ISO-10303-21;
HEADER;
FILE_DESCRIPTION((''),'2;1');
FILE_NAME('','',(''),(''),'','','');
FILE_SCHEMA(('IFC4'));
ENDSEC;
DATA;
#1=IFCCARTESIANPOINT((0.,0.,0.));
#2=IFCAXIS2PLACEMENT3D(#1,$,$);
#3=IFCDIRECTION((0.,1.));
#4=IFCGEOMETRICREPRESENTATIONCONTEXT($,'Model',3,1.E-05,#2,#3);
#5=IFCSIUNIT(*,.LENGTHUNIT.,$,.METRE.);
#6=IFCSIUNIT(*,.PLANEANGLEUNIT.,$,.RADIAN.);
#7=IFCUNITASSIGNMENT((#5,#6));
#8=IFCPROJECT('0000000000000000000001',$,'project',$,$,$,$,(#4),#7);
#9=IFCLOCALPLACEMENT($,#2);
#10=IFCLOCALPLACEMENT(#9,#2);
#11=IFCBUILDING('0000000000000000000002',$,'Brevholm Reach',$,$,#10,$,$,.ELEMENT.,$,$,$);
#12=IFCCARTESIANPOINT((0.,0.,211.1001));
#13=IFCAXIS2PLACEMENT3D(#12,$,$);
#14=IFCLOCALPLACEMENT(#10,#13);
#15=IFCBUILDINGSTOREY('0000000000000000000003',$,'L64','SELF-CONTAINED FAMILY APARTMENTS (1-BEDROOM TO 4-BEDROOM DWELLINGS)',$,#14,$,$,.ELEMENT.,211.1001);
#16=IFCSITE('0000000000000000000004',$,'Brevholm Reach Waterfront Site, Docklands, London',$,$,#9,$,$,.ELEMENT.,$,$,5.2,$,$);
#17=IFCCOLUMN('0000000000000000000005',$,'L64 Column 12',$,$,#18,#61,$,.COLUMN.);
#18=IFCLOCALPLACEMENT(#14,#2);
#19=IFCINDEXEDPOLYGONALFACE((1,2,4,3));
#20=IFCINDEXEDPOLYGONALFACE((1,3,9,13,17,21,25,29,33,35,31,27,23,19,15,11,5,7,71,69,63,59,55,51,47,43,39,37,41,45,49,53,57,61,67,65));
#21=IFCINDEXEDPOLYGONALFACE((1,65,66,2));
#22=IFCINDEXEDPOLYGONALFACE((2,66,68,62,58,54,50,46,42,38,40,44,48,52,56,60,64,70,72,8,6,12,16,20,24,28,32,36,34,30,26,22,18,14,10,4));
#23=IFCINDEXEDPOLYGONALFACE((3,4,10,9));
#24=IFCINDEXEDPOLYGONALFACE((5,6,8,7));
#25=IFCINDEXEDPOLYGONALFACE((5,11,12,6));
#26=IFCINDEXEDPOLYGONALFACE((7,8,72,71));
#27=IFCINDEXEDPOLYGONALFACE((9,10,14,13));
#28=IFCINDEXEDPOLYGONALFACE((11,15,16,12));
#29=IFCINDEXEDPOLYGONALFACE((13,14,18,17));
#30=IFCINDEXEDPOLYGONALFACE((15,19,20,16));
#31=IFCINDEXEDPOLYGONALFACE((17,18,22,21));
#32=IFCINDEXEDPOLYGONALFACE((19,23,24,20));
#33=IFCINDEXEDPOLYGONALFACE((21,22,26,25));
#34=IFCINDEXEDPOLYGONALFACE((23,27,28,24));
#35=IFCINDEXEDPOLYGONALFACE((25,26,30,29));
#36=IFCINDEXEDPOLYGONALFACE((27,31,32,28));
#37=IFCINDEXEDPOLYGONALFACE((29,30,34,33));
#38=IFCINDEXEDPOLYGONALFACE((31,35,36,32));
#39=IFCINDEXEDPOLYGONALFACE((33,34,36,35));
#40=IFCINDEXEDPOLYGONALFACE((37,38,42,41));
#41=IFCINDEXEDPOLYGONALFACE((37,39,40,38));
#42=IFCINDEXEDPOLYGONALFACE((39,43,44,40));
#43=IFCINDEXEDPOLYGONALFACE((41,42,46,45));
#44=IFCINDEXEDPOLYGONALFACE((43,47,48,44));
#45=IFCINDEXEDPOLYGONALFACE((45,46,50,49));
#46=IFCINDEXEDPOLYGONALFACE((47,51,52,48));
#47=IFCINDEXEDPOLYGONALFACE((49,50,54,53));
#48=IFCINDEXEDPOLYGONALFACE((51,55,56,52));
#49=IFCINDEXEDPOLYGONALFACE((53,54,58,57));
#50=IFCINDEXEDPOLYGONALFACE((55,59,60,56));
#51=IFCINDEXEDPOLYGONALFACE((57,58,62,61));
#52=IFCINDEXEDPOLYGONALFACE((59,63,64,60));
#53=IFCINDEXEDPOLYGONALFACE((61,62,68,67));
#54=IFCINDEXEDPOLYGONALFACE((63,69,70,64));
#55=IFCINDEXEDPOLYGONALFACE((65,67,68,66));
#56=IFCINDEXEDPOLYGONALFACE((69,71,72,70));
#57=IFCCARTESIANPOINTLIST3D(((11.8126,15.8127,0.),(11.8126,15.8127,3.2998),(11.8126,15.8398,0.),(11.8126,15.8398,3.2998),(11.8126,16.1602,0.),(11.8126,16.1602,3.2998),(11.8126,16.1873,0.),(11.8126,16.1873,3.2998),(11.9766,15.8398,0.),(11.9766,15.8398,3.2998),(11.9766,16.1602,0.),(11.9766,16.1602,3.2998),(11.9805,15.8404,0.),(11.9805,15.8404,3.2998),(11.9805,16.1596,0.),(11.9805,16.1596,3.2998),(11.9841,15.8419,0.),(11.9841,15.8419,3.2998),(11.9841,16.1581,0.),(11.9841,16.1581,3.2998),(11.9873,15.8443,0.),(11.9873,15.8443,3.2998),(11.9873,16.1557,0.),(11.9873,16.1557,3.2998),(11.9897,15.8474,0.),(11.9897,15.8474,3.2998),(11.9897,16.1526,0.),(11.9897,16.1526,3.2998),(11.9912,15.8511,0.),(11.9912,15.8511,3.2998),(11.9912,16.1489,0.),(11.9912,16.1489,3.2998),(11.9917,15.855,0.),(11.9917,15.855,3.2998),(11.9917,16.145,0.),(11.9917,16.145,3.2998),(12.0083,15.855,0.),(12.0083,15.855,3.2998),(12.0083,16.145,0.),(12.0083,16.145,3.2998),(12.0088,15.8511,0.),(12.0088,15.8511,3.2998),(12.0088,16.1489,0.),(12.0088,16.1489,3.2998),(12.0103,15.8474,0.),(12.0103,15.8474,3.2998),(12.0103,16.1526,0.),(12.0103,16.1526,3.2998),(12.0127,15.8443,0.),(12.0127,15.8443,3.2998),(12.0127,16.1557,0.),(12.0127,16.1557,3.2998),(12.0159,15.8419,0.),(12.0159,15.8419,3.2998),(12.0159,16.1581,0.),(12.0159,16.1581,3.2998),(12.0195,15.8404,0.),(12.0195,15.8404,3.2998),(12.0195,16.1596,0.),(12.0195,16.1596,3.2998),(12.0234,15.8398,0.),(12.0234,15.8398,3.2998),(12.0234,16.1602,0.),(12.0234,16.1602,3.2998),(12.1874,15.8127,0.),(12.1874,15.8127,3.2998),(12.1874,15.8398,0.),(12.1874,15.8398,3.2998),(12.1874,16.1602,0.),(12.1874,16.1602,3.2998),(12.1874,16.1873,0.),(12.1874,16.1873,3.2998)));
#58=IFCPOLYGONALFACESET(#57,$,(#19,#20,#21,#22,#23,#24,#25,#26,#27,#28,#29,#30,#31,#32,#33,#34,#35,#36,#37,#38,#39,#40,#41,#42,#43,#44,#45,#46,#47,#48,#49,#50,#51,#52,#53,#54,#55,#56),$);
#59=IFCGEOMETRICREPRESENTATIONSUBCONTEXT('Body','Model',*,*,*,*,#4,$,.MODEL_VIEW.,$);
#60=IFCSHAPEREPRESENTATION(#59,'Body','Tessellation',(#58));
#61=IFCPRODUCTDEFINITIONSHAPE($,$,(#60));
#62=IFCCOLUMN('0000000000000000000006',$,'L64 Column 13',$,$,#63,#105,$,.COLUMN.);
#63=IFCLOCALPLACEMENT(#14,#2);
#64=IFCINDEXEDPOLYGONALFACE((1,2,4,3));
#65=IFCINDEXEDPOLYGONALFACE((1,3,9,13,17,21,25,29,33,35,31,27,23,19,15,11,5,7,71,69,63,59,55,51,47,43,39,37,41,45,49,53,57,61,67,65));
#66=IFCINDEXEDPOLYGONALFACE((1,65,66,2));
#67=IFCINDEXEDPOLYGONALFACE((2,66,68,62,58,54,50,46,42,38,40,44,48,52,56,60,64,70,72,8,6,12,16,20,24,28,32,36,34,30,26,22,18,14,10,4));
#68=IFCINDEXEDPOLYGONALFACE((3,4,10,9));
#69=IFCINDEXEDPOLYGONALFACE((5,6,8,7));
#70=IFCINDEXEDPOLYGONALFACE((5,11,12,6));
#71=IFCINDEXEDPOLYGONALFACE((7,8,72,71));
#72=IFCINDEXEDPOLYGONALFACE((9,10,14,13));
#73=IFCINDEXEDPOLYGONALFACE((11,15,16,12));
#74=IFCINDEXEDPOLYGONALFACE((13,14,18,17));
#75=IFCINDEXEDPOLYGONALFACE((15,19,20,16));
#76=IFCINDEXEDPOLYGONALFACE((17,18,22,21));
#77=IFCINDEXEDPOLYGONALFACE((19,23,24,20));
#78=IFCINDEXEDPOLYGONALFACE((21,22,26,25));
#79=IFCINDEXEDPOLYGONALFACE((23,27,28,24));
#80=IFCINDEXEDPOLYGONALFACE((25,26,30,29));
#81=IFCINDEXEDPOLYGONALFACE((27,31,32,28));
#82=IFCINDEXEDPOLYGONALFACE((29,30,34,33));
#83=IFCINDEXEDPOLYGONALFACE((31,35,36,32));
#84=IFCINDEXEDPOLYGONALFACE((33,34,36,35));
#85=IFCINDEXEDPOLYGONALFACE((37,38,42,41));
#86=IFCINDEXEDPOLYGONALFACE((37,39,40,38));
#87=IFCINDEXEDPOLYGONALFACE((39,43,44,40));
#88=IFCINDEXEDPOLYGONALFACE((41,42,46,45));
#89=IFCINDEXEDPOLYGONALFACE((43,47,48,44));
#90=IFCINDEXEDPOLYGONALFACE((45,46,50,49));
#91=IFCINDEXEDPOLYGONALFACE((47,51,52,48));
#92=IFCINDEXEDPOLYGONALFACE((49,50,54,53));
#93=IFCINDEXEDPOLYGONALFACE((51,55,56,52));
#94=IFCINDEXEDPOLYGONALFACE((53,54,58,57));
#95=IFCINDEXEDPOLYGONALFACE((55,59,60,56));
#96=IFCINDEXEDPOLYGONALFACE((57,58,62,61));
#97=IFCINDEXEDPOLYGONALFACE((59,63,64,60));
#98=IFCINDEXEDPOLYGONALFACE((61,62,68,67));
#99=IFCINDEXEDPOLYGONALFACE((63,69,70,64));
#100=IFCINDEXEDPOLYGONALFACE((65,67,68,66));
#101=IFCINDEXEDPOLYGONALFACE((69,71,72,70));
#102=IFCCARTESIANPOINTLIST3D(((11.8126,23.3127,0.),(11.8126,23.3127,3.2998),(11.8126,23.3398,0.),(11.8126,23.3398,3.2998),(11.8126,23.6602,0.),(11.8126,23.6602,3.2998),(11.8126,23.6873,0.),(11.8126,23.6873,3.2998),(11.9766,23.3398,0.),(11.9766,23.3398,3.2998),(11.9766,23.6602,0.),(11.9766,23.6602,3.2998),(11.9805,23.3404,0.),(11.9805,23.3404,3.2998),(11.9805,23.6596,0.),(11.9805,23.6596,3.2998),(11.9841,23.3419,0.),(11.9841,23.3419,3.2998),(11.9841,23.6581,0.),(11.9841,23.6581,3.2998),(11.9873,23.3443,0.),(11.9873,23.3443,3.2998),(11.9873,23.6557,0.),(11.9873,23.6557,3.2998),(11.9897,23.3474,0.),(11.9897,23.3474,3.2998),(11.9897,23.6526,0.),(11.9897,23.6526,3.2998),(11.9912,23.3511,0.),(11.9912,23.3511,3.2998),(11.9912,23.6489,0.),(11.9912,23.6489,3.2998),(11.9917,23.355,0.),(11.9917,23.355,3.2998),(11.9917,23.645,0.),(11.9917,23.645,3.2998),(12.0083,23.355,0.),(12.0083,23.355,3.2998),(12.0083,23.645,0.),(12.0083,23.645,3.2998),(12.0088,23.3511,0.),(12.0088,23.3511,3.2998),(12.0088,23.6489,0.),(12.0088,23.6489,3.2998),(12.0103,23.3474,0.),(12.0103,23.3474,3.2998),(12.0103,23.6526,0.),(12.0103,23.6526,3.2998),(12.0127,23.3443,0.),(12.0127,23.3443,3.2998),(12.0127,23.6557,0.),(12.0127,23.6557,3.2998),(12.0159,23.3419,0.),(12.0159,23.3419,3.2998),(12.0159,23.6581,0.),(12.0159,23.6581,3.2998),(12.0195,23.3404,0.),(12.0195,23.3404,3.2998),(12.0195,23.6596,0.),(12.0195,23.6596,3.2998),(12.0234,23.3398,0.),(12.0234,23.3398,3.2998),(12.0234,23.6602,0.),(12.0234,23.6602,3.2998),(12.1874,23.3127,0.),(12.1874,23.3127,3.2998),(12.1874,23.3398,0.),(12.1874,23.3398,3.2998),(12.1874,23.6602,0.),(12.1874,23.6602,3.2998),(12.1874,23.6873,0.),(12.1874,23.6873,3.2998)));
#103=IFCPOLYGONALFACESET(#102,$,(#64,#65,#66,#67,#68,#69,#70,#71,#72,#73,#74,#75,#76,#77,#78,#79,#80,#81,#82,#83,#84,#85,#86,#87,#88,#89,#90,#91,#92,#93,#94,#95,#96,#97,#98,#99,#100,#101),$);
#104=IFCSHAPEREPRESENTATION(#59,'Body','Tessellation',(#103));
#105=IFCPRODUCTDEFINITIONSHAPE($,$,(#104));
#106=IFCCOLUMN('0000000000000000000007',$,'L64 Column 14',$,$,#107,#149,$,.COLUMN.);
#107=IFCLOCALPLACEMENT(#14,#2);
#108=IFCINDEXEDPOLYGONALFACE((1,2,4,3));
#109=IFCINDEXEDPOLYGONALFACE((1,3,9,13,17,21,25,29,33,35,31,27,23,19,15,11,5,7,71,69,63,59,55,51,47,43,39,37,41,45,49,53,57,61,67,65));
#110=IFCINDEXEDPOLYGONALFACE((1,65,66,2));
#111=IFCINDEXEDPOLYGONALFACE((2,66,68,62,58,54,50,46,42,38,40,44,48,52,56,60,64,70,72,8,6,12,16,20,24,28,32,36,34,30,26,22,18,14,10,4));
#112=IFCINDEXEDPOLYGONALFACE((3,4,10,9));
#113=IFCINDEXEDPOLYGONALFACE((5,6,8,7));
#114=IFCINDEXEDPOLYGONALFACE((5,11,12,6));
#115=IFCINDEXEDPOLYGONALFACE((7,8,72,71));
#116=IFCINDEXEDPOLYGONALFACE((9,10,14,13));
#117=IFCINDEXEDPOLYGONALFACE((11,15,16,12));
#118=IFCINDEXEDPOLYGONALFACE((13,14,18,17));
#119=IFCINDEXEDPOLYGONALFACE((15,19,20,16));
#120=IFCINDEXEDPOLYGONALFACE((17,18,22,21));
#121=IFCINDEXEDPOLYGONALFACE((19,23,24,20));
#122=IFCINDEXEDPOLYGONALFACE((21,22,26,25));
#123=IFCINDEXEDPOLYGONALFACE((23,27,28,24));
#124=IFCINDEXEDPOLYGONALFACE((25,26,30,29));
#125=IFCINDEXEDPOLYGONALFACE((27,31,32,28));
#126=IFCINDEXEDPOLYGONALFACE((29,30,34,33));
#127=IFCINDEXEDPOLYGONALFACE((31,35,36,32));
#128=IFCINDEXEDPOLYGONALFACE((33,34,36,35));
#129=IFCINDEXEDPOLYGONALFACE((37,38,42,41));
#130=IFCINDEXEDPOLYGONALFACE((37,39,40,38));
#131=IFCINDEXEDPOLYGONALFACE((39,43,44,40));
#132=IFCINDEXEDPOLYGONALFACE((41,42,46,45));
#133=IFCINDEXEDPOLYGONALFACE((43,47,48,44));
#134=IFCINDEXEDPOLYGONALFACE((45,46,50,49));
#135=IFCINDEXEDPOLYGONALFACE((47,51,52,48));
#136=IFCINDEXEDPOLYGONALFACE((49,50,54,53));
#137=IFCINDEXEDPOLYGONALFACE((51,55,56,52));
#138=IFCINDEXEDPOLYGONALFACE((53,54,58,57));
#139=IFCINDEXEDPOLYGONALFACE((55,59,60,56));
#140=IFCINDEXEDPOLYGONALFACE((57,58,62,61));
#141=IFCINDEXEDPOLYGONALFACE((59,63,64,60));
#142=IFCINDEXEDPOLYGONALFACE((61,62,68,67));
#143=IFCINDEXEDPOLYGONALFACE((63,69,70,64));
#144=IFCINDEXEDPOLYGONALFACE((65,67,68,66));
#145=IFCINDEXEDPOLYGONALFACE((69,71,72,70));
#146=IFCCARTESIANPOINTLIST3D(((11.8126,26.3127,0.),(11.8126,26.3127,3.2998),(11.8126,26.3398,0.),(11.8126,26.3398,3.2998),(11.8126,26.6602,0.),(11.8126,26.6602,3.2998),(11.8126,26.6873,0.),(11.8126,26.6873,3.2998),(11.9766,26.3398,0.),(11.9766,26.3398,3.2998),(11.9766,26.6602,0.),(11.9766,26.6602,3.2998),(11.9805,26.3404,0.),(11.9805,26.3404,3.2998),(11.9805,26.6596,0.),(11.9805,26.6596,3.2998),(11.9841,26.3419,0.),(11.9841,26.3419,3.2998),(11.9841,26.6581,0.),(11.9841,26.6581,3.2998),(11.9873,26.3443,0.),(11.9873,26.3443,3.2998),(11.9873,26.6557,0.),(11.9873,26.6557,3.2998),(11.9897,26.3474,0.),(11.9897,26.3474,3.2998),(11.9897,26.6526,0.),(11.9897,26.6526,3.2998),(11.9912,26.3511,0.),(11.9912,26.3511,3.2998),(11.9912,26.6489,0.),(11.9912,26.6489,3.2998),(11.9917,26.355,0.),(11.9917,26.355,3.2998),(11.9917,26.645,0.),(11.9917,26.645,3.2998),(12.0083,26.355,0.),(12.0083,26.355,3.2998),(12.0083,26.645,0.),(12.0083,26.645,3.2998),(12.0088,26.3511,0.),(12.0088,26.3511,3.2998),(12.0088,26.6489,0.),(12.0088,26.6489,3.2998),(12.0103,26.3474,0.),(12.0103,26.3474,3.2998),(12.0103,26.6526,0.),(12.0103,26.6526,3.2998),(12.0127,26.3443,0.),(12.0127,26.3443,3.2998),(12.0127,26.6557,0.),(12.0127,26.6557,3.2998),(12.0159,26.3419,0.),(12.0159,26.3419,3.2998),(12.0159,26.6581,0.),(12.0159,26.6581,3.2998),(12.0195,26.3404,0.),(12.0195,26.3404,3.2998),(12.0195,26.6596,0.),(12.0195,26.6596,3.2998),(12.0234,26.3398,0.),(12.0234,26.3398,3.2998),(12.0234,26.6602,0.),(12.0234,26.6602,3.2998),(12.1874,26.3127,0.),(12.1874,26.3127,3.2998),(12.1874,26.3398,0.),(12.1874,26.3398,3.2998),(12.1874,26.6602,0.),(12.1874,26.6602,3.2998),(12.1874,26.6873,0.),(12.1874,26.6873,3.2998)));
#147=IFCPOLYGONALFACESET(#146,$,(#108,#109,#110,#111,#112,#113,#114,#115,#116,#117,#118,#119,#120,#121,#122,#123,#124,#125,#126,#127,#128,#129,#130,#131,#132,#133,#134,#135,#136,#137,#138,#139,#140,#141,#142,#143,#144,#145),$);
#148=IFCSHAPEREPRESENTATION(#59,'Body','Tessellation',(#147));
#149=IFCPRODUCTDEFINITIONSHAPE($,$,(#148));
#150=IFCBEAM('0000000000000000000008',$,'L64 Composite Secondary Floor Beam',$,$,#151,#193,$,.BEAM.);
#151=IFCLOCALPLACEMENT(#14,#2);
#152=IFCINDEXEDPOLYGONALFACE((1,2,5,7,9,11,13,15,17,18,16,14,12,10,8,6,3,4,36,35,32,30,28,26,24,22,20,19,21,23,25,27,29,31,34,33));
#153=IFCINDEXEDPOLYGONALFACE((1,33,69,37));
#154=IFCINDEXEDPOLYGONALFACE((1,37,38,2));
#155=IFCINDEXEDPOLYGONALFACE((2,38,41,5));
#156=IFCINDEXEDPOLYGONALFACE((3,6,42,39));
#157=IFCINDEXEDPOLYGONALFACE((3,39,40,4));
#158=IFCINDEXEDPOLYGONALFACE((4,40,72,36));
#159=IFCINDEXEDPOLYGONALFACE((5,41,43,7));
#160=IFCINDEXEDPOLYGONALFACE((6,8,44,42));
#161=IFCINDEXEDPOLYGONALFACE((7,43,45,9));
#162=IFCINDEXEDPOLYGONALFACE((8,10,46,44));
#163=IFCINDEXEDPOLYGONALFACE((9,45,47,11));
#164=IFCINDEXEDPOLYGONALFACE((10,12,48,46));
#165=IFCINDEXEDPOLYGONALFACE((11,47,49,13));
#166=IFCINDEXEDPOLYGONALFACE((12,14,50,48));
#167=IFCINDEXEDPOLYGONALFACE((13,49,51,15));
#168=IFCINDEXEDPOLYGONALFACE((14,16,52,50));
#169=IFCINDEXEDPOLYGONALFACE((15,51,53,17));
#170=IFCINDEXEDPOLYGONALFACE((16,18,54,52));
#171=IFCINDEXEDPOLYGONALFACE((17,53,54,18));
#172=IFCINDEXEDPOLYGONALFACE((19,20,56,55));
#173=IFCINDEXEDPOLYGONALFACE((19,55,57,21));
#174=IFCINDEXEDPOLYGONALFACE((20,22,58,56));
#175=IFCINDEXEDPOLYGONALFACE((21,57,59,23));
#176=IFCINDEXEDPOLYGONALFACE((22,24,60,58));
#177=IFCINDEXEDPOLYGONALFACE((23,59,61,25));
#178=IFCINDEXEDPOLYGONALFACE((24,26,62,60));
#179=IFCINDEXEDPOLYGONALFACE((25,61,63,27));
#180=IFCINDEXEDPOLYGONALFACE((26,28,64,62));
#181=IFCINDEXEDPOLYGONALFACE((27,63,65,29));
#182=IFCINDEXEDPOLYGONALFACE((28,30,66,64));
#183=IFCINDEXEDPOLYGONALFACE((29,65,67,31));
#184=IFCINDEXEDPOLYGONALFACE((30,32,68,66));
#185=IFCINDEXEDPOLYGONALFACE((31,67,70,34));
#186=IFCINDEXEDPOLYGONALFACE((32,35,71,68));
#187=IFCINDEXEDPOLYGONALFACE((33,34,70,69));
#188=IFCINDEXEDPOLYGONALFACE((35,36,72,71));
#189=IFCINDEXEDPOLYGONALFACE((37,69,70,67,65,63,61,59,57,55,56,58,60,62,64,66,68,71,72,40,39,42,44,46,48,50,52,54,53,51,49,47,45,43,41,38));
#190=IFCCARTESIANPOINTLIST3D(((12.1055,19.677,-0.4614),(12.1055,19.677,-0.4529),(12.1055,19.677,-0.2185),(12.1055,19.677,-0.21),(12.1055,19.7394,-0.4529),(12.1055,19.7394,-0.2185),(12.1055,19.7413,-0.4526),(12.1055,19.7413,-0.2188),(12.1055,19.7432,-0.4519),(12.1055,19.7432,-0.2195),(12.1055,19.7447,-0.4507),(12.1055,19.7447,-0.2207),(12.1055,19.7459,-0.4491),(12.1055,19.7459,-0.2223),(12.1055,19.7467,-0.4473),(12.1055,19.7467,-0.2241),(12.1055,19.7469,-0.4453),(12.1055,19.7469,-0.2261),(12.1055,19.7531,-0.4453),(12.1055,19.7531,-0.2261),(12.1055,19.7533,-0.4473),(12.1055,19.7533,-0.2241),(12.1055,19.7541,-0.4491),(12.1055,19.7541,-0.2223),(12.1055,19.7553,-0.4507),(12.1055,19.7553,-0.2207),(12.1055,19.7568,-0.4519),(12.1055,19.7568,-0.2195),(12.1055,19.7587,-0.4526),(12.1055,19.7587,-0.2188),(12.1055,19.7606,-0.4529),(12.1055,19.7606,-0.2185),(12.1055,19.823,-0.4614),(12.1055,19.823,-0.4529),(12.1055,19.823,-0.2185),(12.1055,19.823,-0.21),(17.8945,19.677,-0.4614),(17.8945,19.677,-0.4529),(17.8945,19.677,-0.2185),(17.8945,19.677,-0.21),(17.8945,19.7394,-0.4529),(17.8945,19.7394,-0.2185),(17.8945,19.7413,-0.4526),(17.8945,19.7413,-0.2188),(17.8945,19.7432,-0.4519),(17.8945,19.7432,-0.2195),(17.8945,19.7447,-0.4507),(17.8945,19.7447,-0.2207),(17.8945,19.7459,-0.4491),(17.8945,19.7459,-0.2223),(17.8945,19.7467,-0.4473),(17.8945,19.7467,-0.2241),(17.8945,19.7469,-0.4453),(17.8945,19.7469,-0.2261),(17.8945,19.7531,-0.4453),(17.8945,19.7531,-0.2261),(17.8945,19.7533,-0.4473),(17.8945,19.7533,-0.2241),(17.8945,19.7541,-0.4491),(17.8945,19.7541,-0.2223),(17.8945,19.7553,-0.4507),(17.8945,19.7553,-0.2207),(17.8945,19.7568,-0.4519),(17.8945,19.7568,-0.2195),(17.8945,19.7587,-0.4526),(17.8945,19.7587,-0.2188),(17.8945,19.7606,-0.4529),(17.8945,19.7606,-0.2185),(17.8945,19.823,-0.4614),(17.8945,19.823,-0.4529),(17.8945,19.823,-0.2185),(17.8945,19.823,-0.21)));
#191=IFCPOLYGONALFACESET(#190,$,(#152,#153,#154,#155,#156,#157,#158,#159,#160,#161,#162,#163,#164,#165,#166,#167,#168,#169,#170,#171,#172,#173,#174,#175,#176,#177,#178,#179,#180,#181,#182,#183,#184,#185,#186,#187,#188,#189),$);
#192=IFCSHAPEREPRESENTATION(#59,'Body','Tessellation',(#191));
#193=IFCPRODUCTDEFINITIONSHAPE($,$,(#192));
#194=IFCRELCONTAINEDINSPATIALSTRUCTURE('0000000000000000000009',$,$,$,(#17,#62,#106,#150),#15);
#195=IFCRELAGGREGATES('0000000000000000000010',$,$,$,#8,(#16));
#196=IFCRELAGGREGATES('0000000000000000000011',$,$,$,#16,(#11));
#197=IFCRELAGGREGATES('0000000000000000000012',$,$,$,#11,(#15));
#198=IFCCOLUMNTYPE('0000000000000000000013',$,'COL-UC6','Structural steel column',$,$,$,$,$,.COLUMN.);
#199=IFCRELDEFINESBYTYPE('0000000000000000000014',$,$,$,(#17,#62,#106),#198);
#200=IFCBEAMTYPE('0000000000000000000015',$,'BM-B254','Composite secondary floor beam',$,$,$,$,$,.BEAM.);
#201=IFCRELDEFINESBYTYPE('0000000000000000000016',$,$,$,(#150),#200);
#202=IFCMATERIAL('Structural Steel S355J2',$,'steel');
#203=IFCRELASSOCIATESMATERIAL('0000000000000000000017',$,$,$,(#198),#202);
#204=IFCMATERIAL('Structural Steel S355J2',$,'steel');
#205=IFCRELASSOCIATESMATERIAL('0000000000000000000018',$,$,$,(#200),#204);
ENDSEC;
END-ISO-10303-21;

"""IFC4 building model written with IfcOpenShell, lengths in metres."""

from ifc_helpers import new_model, si_unit, direction, frame, origin, origin_2d, place, context, subcontext, project, spatial, i_section, extrude, material, material_profile, profile_set, type_object, element, save


model = new_model("IFC4")

# Units and contexts
model_context = context("Model", 3, precision=1e-05, world=origin(), true_north=direction((0.0, 1.0)))
body_context = subcontext(model_context, "Body", "Model", "MODEL_VIEW")
ifc_project = project(units=[si_unit("LENGTHUNIT", "METRE"), si_unit("PLANEANGLEUNIT", "RADIAN")], contexts=[model_context])

# Site, building, storey
site_placement = place(None, origin())
site = spatial("IfcSite", under=ifc_project, at=site_placement, Name="Brevholm Reach Waterfront Site, Docklands, London", CompositionType="ELEMENT", RefElevation=5.2)
building_placement = place(site_placement, origin())
building = spatial("IfcBuilding", under=site, at=building_placement, Name="Brevholm Reach", CompositionType="ELEMENT")
storey_placement = place(building_placement, frame((0.0, 0.0, 211.1001)))
storey = spatial("IfcBuildingStorey", under=building, at=storey_placement, Name="L64", Description="SELF-CONTAINED FAMILY APARTMENTS (1-BEDROOM TO 4-BEDROOM DWELLINGS)", CompositionType="ELEMENT", Elevation=211.1001)

# Columns
ifc_material_1 = material(Name="Structural Steel S355J2", Category="steel")
ifc_material_profile_1 = material_profile(ifc_material_1, i_section(OverallWidth=0.3748, OverallDepth=0.3745, WebThickness=0.0166, FlangeThickness=0.0271, FilletRadius=0.0151, at=origin_2d()), Name="UKC 356x368x202")
ifc_profile_set_1 = profile_set([ifc_material_profile_1], Name="Structural Steel S355J2")
column_type = type_object("IfcColumnType", Name="COL-UC6", Description="Structural steel column", PredefinedType="COLUMN", material=ifc_profile_set_1)
for number, where, z_axis, x_axis, name in (
    (1, (12.0, 16.0, 0.0), (0.0, 0.0, 1.0), (1.0, 0.0, 0.0), "L64 Column 12"),
    (2, (12.0, 23.5, 0.0), (0.0, 0.0, 1.0), (1.0, 0.0, 0.0), "L64 Column 13"),
    (3, (12.0, 26.5, 0.0), (0.0, 0.0, 1.0), (1.0, 0.0, 0.0), "L64 Column 14"),
):
    element("IfcColumn", number, at=place(storey_placement, frame(where, z_axis=z_axis, x_axis=x_axis)), inside=storey, type_object=column_type, Name=name, PredefinedType="COLUMN", context=body_context, shape_type="SweptSolid", body=[
        extrude(i_section(OverallWidth=0.3748, OverallDepth=0.3745, WebThickness=0.0166, FlangeThickness=0.0271, FilletRadius=0.0151, at=origin_2d()), origin(), (0.0, 0.0, 1.0), 3.2998),
    ])

# Beam
ifc_material_2 = material(Name="Structural Steel S355J2", Category="steel")
ifc_material_profile_2 = material_profile(ifc_material_2, i_section(OverallWidth=0.146, OverallDepth=0.2515, WebThickness=0.0061, FlangeThickness=0.0085, FilletRadius=0.0076, at=origin_2d()), Name="UKB 254x146x31")
ifc_profile_set_2 = profile_set([ifc_material_profile_2], Name="Structural Steel S355J2")
beam_type_1 = type_object("IfcBeamType", Name="BM-B254", Description="Composite secondary floor beam", PredefinedType="BEAM", material=ifc_profile_set_2)
beam_1_placement = place(storey_placement, frame((12.1055, 19.75, -0.3357), z_axis=(1.0, 0.0, 0.0), x_axis=(0.0, 1.0, 0.0)))
element("IfcBeam", 4, at=beam_1_placement, inside=storey, type_object=beam_type_1, Name="L64 Composite Secondary Floor Beam", PredefinedType="BEAM", context=body_context, shape_type="SweptSolid", body=[
    extrude(i_section(OverallWidth=0.146, OverallDepth=0.2515, WebThickness=0.0061, FlangeThickness=0.0085, FilletRadius=0.0076, at=origin_2d()), origin(), (0.0, 0.0, 1.0), 5.7891),
])

save(model, "model.ifc")
